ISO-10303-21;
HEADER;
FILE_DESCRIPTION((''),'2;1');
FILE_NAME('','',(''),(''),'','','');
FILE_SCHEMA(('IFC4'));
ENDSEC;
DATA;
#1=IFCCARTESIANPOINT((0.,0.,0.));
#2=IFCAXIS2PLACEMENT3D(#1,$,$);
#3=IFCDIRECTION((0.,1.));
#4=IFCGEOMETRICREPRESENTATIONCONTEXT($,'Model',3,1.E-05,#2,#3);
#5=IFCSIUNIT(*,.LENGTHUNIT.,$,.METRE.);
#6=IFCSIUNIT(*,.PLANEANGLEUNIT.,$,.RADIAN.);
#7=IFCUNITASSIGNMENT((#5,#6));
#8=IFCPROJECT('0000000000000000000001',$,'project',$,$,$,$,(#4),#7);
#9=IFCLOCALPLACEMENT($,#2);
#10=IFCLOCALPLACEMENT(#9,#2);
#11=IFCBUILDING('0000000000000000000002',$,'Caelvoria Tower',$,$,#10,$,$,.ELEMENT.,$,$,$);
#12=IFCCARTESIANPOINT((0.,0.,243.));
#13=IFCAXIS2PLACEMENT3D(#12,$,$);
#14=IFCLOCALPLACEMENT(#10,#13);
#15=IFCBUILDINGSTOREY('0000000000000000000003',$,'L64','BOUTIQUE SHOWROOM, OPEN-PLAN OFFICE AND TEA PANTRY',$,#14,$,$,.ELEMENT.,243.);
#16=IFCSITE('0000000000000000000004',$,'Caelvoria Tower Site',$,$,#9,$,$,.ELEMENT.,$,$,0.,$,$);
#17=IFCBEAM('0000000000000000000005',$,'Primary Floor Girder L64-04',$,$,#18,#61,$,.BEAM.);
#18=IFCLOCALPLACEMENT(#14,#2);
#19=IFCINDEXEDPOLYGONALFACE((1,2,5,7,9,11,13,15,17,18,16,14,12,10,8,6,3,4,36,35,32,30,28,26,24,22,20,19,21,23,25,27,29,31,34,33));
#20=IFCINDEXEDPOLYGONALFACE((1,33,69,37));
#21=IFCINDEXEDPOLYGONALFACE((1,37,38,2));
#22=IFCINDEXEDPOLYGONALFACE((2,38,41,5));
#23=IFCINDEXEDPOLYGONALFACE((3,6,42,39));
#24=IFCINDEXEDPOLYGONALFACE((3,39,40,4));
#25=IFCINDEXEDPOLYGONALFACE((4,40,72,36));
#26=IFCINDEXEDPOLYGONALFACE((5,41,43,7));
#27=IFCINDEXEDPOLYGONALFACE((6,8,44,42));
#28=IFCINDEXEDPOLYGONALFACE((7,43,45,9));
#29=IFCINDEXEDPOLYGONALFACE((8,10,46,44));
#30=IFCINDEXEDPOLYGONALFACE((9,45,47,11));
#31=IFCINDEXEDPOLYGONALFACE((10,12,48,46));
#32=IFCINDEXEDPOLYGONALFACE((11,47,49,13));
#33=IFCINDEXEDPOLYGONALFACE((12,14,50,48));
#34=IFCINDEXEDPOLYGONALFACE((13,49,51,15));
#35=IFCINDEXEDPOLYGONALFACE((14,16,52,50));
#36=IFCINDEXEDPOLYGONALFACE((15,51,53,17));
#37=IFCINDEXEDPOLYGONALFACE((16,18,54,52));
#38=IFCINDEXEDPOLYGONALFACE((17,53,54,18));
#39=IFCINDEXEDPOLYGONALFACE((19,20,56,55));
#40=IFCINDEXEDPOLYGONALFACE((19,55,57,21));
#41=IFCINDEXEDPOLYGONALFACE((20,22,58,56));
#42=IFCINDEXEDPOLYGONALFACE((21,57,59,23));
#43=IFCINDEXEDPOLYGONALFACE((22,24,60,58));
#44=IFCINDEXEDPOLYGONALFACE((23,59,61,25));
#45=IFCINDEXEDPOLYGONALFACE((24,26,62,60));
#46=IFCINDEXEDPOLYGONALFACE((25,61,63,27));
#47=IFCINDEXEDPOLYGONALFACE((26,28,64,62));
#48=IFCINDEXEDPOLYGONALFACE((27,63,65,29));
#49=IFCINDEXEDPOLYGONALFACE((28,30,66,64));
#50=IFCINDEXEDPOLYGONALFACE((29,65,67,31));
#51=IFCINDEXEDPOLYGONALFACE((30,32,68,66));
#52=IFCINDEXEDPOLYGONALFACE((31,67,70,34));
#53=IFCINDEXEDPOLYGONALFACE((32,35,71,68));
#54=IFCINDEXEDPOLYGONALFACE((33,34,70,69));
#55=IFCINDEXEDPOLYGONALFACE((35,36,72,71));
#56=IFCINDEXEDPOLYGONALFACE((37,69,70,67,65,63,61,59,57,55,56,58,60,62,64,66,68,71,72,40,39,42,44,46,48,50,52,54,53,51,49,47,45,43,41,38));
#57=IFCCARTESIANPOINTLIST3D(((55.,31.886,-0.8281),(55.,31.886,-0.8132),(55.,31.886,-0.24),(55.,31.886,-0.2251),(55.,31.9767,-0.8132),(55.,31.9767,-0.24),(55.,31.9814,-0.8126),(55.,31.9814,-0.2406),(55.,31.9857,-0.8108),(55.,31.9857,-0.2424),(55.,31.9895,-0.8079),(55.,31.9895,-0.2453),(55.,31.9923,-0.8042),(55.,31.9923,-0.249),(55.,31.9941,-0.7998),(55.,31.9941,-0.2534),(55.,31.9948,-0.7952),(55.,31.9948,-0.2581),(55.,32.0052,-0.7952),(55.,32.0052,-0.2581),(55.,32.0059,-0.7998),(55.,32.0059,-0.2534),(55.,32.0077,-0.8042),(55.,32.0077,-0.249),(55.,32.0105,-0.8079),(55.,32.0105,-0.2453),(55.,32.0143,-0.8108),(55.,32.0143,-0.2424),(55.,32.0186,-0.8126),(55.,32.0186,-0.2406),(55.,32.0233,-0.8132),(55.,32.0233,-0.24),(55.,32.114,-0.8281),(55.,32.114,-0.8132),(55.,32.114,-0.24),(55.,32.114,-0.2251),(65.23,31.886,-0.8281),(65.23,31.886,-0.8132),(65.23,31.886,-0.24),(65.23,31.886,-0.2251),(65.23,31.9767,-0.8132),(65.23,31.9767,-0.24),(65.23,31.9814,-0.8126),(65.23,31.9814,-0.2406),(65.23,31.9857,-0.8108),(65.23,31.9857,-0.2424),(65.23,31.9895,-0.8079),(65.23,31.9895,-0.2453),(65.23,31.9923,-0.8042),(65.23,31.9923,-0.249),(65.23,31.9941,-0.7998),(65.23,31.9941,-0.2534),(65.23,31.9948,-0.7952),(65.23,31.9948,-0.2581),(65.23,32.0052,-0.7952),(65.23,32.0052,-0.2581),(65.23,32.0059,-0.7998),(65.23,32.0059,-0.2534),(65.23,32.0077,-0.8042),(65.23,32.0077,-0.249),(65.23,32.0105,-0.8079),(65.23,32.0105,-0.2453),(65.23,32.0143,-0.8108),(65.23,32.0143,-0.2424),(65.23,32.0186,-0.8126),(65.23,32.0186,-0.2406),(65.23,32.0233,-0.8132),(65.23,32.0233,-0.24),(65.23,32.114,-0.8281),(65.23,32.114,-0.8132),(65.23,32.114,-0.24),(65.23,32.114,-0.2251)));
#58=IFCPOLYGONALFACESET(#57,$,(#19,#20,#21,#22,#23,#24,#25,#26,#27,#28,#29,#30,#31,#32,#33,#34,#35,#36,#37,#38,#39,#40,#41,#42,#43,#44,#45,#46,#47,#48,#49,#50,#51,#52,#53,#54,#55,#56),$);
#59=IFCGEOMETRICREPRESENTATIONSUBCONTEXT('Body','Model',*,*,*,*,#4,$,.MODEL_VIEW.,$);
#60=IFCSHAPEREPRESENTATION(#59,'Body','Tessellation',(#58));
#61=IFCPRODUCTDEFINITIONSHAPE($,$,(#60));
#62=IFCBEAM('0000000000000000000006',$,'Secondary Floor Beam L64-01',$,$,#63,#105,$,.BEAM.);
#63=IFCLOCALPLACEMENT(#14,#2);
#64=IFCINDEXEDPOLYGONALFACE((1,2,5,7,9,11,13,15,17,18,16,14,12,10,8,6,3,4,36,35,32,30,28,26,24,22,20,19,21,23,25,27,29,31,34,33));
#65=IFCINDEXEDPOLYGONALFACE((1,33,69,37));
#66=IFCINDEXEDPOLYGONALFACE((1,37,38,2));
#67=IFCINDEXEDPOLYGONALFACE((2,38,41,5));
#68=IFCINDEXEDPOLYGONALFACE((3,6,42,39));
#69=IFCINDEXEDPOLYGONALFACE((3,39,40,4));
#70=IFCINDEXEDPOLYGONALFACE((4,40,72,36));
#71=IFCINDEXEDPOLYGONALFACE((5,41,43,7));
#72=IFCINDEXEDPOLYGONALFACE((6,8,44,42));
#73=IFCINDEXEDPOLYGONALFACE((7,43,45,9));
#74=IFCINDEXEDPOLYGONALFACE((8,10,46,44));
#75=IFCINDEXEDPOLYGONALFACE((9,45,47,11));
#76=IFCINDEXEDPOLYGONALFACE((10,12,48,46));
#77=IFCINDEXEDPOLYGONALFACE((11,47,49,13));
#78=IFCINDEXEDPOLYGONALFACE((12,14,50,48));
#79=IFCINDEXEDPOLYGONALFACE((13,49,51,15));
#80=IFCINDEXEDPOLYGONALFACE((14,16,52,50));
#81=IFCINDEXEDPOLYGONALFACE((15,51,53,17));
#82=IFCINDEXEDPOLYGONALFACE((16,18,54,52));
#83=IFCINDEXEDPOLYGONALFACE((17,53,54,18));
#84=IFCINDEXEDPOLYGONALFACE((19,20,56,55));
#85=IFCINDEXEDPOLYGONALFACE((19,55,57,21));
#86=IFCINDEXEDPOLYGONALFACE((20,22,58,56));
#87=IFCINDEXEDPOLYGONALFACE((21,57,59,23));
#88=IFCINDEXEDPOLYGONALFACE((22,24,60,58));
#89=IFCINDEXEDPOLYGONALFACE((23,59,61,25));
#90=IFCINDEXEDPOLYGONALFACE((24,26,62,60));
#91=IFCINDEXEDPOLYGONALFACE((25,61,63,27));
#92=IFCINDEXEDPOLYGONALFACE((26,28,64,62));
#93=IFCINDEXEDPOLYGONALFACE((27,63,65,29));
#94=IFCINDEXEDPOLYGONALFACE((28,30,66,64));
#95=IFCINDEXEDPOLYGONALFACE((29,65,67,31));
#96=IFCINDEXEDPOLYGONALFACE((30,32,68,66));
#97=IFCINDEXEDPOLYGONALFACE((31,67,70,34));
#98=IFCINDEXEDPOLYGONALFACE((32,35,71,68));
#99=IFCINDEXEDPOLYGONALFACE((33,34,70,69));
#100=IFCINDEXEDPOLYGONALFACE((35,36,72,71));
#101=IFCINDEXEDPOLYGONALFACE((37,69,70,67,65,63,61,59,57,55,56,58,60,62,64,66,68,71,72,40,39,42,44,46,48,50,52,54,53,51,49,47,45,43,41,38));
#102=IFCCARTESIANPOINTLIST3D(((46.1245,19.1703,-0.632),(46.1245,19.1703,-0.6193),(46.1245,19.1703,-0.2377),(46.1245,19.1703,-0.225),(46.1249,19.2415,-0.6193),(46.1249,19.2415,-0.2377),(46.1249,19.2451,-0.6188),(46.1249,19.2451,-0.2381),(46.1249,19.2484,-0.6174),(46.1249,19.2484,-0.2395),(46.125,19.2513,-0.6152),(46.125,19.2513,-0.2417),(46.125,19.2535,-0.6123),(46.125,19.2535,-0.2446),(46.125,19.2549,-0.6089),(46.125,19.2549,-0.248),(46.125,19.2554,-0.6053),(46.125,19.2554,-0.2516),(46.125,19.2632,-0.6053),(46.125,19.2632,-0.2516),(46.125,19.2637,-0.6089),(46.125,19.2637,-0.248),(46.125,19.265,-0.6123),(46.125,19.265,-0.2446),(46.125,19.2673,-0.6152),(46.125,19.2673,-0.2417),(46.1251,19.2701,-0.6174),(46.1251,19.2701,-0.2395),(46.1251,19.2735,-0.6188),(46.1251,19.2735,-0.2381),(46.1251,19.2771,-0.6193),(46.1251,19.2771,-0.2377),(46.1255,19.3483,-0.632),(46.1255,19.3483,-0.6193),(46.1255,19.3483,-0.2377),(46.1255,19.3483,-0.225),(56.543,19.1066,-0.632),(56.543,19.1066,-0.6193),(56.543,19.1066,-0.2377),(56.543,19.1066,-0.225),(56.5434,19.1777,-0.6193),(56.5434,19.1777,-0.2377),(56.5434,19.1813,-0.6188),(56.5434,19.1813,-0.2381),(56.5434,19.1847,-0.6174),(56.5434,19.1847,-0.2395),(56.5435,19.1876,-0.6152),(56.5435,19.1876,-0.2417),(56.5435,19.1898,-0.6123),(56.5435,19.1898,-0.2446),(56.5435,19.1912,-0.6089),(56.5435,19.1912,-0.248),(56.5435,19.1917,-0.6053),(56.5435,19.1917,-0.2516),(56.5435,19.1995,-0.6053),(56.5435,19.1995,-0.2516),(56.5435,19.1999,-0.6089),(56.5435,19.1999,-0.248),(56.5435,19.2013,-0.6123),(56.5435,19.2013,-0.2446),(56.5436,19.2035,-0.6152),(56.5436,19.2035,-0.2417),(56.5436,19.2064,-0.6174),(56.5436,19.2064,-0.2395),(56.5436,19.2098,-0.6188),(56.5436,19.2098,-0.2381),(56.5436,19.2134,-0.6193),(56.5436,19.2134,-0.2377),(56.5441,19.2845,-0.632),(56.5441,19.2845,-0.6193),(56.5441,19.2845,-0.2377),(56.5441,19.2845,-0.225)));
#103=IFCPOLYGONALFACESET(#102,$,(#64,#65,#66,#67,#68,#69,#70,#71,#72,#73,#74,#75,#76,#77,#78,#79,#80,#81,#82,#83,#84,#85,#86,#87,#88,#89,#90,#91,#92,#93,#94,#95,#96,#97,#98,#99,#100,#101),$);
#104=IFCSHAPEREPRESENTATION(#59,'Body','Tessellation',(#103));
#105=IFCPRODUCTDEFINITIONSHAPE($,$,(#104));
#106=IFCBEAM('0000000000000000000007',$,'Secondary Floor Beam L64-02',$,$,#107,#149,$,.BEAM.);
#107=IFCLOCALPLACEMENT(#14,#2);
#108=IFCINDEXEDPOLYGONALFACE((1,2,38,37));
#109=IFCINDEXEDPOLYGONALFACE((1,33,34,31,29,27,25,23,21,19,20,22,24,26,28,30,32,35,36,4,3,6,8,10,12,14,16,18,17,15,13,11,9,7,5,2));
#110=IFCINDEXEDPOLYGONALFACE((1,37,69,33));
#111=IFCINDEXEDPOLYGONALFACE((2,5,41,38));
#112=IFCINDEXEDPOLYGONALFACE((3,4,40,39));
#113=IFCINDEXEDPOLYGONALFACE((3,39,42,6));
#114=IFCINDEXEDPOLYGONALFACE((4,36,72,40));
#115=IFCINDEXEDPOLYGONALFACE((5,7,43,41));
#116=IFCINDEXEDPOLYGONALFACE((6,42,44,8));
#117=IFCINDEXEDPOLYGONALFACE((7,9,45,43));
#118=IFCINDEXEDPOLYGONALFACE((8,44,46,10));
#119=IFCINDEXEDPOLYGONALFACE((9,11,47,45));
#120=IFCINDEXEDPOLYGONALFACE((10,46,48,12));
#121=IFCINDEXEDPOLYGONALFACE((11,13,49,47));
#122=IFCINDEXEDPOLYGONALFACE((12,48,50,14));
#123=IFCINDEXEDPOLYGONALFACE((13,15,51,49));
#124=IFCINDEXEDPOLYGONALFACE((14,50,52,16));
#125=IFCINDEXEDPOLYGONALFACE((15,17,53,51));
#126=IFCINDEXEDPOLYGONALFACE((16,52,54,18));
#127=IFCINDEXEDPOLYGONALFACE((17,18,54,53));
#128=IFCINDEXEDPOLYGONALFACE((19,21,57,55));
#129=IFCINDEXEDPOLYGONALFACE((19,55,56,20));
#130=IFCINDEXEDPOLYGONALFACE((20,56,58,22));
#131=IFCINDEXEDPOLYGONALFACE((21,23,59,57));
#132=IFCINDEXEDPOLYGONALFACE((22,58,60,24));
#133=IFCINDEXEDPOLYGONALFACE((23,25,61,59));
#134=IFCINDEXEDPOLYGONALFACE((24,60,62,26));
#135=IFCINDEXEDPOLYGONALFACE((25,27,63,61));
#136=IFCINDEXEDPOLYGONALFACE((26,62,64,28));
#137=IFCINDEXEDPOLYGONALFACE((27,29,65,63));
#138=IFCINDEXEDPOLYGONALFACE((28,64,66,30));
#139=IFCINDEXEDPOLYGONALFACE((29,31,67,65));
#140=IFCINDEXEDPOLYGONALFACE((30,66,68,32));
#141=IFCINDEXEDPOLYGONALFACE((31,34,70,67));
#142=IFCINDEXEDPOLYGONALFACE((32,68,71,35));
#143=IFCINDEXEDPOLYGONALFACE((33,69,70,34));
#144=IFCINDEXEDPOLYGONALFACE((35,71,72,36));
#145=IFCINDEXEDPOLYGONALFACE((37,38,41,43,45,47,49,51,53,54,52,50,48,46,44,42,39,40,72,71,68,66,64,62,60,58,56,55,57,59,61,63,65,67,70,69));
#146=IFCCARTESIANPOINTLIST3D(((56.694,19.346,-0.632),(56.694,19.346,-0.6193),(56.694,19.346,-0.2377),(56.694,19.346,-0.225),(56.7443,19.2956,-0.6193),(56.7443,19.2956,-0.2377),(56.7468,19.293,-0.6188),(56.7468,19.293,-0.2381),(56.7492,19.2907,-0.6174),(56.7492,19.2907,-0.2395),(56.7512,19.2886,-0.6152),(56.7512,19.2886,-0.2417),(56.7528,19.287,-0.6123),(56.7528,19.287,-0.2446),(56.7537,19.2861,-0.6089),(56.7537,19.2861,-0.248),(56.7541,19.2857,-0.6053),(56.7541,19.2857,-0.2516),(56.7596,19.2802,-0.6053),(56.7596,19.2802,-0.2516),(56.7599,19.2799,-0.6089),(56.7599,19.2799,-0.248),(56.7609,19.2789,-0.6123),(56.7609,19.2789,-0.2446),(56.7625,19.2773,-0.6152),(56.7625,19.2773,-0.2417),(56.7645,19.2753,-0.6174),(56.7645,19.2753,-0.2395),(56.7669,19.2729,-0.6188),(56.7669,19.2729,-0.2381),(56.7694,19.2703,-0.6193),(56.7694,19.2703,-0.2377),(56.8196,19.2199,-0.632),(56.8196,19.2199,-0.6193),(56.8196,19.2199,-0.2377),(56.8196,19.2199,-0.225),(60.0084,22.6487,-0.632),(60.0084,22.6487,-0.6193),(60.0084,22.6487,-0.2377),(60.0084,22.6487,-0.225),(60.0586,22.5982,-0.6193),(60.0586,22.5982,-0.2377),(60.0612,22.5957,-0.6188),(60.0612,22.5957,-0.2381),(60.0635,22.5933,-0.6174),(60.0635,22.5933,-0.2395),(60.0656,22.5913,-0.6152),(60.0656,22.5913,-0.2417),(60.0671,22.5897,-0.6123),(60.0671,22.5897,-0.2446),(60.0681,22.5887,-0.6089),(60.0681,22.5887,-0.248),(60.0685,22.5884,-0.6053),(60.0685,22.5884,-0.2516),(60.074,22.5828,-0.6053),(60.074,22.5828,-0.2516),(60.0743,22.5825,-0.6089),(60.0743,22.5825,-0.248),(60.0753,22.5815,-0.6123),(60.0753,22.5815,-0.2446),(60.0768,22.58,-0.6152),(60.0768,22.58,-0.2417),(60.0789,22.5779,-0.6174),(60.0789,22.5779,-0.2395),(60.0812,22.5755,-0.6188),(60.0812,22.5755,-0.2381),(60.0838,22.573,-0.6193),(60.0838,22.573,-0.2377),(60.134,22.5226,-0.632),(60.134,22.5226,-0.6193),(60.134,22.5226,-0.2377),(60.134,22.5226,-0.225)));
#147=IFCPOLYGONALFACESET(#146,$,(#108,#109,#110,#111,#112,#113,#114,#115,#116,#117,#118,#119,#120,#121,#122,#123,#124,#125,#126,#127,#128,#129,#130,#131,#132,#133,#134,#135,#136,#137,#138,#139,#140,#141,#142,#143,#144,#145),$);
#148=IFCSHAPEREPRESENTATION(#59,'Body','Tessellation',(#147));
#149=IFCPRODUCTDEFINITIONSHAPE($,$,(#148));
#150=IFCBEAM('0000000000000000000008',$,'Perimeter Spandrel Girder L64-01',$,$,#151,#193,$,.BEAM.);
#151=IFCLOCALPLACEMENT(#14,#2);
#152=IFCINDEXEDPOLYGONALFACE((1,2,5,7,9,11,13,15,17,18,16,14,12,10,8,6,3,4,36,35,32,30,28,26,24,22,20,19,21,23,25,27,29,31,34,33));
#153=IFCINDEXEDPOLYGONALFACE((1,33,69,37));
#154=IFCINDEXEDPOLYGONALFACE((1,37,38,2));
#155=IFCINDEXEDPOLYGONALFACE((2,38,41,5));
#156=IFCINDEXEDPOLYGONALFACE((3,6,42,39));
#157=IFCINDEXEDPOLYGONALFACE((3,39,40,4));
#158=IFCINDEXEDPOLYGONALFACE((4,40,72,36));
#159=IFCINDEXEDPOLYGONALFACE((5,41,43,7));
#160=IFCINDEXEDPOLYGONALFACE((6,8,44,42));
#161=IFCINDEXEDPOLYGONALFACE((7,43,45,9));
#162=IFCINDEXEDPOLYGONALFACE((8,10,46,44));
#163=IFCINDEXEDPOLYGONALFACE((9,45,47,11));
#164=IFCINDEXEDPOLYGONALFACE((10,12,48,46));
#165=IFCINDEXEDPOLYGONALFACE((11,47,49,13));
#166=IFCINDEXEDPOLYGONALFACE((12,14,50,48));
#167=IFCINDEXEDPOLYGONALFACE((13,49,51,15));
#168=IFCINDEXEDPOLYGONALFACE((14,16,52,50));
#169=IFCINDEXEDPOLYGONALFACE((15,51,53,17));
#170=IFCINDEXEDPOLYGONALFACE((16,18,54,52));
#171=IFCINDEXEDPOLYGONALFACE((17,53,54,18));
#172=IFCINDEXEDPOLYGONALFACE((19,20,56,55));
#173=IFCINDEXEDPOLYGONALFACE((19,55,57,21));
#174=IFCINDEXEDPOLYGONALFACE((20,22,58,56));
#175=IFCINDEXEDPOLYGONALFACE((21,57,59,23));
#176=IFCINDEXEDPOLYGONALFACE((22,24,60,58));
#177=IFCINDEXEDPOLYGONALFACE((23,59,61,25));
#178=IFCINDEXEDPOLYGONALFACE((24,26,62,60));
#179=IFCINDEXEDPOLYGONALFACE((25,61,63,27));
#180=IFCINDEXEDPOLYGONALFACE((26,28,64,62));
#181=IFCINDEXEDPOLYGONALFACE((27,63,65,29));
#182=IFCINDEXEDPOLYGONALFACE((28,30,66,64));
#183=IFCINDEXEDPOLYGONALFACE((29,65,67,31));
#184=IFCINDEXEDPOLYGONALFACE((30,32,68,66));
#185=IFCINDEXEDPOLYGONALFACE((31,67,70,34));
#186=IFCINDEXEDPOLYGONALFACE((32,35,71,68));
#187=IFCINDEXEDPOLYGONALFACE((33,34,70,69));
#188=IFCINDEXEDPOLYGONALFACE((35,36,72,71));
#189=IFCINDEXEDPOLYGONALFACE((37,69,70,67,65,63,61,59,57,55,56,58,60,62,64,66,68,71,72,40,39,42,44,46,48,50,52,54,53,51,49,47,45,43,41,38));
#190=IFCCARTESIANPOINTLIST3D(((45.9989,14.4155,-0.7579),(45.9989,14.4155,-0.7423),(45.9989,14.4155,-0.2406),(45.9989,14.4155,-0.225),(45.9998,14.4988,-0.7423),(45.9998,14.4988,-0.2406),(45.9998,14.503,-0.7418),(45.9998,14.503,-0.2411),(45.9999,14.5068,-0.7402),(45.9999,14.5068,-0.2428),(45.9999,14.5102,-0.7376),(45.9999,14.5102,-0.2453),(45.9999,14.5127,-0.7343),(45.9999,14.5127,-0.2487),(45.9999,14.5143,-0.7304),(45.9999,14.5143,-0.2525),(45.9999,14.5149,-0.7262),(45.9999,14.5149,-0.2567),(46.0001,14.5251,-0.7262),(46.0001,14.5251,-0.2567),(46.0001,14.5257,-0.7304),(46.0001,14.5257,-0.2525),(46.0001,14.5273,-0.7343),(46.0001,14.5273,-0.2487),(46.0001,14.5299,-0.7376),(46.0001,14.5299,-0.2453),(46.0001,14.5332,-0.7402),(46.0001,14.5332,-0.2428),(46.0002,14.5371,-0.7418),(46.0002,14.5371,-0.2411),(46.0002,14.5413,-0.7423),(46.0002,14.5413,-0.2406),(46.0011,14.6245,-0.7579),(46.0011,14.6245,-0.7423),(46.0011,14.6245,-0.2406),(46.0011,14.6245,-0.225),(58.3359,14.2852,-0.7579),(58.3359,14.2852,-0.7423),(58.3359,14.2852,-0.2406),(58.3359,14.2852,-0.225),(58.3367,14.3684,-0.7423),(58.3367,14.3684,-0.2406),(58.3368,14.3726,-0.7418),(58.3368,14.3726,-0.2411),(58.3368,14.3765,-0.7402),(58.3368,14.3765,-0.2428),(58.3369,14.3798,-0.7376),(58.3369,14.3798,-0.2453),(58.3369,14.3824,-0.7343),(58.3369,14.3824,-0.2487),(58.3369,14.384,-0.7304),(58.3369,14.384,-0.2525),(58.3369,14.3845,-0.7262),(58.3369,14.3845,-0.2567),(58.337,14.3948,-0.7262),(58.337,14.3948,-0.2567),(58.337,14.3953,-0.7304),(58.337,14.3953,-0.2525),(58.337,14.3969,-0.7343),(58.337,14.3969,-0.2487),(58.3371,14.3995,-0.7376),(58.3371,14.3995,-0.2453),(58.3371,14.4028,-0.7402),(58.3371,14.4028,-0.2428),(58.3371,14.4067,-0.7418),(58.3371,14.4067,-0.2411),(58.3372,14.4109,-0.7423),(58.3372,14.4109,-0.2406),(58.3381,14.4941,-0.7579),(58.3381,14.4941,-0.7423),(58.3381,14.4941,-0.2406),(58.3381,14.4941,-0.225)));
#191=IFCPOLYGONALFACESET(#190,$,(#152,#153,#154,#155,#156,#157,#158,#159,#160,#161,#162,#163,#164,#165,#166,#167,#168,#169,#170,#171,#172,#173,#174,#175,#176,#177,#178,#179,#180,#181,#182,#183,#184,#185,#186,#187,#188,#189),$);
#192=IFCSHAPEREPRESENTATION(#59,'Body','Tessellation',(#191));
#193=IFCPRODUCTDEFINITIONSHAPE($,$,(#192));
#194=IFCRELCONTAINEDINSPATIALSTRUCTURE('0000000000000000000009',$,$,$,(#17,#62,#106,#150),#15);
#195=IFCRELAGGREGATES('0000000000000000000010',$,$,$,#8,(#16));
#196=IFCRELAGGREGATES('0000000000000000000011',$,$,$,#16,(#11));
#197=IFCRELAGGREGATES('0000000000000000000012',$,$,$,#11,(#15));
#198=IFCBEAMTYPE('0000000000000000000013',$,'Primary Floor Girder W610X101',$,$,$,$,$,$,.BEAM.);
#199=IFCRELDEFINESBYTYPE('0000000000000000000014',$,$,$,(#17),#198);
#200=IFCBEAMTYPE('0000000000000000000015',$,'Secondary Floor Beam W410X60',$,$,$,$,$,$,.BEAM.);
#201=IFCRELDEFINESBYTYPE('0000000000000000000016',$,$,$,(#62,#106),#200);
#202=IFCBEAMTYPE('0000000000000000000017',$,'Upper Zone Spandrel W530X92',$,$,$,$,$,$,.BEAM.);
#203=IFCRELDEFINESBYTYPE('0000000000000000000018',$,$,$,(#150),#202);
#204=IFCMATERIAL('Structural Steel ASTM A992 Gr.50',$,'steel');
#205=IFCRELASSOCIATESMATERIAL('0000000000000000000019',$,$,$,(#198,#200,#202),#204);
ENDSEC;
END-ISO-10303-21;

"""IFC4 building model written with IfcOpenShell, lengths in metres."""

from ifc_helpers import new_model, si_unit, direction, frame, origin, origin_2d, place, context, subcontext, project, spatial, i_section, extrude, material, material_profile, profile_set, type_object, element, save


model = new_model("IFC4")

# Units and contexts
model_context = context("Model", 3, precision=1e-05, world=origin(), true_north=direction((0.0, 1.0)))
body_context = subcontext(model_context, "Body", "Model", "MODEL_VIEW")
ifc_project = project(units=[si_unit("LENGTHUNIT", "METRE"), si_unit("PLANEANGLEUNIT", "RADIAN")], contexts=[model_context])

# Site, building, storey
site_placement = place(None, origin())
site = spatial("IfcSite", under=ifc_project, at=site_placement, Name="Caelvoria Tower Site", CompositionType="ELEMENT", RefElevation=0.0)
building_placement = place(site_placement, origin())
building = spatial("IfcBuilding", under=site, at=building_placement, Name="Caelvoria Tower", CompositionType="ELEMENT")
storey_placement = place(building_placement, frame((0.0, 0.0, 243.0)))
storey = spatial("IfcBuildingStorey", under=building, at=storey_placement, Name="L64", Description="BOUTIQUE SHOWROOM, OPEN-PLAN OFFICE AND TEA PANTRY", CompositionType="ELEMENT", Elevation=243.0)

# Shared definitions
ifc_material_1 = material(Name="Structural Steel ASTM A992 Gr.50", Category="steel")

# Beams
ifc_material_profile_1 = material_profile(ifc_material_1, i_section(OverallWidth=0.228, OverallDepth=0.603, WebThickness=0.0105, FlangeThickness=0.0149, FilletRadius=0.0181, at=origin_2d()), Name="Structural Steel ASTM A992 Gr.50")
ifc_profile_set_1 = profile_set([ifc_material_profile_1], Name="W610X101 - Structural Steel ASTM A992 Gr.50")
beam_type_1 = type_object("IfcBeamType", Name="Primary Floor Girder W610X101", PredefinedType="BEAM", material=ifc_profile_set_1)
beam_1_placement = place(storey_placement, frame((55.0, 32.0, -0.5266), z_axis=(1.0, 0.0, 0.0), x_axis=(0.0, 1.0, 0.0)))
element("IfcBeam", 1, at=beam_1_placement, inside=storey, type_object=beam_type_1, Name="Primary Floor Girder L64-04", PredefinedType="BEAM", context=body_context, shape_type="SweptSolid", body=[
    extrude(i_section(OverallWidth=0.228, OverallDepth=0.603, WebThickness=0.0105, FlangeThickness=0.0149, FilletRadius=0.0181, at=origin_2d()), origin(), (0.0, 0.0, 1.0), 10.23),
])
ifc_material_profile_2 = material_profile(ifc_material_1, i_section(OverallWidth=0.178, OverallDepth=0.407, WebThickness=0.0078, FlangeThickness=0.0127, FilletRadius=0.0139, at=origin_2d()), Name="Structural Steel ASTM A992 Gr.50")
ifc_profile_set_2 = profile_set([ifc_material_profile_2], Name="W410X60 - Structural Steel ASTM A992 Gr.50")
beam_type_2 = type_object("IfcBeamType", Name="Secondary Floor Beam W410X60", PredefinedType="BEAM", material=ifc_profile_set_2)
beam_2_placement = place(storey_placement, frame((46.125, 19.2593, -0.4285), z_axis=(0.999981, -0.006116, 0.0), x_axis=(0.006116, 0.999981, 0.0)))
element("IfcBeam", 2, at=beam_2_placement, inside=storey, type_object=beam_type_2, Name="Secondary Floor Beam L64-01", PredefinedType="BEAM", context=body_context, shape_type="SweptSolid", body=[
    extrude(i_section(OverallWidth=0.178, OverallDepth=0.407, WebThickness=0.0078, FlangeThickness=0.0127, FilletRadius=0.0139, at=origin_2d()), origin(), (0.0, 0.0, 1.0), 10.4187),
])
beam_3_placement = place(storey_placement, frame((56.7568, 19.283, -0.4285), z_axis=(0.708358, 0.705853, 0.0), x_axis=(-0.705853, 0.708358, 0.0)))
element("IfcBeam", 3, at=beam_3_placement, inside=storey, type_object=beam_type_2, Name="Secondary Floor Beam L64-02", PredefinedType="BEAM", context=body_context, shape_type="SweptSolid", body=[
    extrude(i_section(OverallWidth=0.178, OverallDepth=0.407, WebThickness=0.0078, FlangeThickness=0.0127, FilletRadius=0.0139, at=origin_2d()), origin(), (0.0, 0.0, 1.0), 4.679),
])
ifc_material_profile_3 = material_profile(ifc_material_1, i_section(OverallWidth=0.209, OverallDepth=0.533, WebThickness=0.0103, FlangeThickness=0.0156, FilletRadius=0.0161, at=origin_2d()), Name="Structural Steel ASTM A992 Gr.50")
ifc_profile_set_3 = profile_set([ifc_material_profile_3], Name="W530X92 - Structural Steel ASTM A992 Gr.50")
beam_type_3 = type_object("IfcBeamType", Name="Upper Zone Spandrel W530X92", PredefinedType="BEAM", material=ifc_profile_set_3)
beam_4_placement = place(storey_placement, frame((46.0, 14.52, -0.4915), z_axis=(0.999944, -0.010567, 0.0), x_axis=(0.010567, 0.999944, 0.0)))
element("IfcBeam", 4, at=beam_4_placement, inside=storey, type_object=beam_type_3, Name="Perimeter Spandrel Girder L64-01", PredefinedType="BEAM", context=body_context, shape_type="SweptSolid", body=[
    extrude(i_section(OverallWidth=0.209, OverallDepth=0.533, WebThickness=0.0103, FlangeThickness=0.0156, FilletRadius=0.0161, at=origin_2d()), origin(), (0.0, 0.0, 1.0), 12.3376),
])

save(model, "model.ifc")
